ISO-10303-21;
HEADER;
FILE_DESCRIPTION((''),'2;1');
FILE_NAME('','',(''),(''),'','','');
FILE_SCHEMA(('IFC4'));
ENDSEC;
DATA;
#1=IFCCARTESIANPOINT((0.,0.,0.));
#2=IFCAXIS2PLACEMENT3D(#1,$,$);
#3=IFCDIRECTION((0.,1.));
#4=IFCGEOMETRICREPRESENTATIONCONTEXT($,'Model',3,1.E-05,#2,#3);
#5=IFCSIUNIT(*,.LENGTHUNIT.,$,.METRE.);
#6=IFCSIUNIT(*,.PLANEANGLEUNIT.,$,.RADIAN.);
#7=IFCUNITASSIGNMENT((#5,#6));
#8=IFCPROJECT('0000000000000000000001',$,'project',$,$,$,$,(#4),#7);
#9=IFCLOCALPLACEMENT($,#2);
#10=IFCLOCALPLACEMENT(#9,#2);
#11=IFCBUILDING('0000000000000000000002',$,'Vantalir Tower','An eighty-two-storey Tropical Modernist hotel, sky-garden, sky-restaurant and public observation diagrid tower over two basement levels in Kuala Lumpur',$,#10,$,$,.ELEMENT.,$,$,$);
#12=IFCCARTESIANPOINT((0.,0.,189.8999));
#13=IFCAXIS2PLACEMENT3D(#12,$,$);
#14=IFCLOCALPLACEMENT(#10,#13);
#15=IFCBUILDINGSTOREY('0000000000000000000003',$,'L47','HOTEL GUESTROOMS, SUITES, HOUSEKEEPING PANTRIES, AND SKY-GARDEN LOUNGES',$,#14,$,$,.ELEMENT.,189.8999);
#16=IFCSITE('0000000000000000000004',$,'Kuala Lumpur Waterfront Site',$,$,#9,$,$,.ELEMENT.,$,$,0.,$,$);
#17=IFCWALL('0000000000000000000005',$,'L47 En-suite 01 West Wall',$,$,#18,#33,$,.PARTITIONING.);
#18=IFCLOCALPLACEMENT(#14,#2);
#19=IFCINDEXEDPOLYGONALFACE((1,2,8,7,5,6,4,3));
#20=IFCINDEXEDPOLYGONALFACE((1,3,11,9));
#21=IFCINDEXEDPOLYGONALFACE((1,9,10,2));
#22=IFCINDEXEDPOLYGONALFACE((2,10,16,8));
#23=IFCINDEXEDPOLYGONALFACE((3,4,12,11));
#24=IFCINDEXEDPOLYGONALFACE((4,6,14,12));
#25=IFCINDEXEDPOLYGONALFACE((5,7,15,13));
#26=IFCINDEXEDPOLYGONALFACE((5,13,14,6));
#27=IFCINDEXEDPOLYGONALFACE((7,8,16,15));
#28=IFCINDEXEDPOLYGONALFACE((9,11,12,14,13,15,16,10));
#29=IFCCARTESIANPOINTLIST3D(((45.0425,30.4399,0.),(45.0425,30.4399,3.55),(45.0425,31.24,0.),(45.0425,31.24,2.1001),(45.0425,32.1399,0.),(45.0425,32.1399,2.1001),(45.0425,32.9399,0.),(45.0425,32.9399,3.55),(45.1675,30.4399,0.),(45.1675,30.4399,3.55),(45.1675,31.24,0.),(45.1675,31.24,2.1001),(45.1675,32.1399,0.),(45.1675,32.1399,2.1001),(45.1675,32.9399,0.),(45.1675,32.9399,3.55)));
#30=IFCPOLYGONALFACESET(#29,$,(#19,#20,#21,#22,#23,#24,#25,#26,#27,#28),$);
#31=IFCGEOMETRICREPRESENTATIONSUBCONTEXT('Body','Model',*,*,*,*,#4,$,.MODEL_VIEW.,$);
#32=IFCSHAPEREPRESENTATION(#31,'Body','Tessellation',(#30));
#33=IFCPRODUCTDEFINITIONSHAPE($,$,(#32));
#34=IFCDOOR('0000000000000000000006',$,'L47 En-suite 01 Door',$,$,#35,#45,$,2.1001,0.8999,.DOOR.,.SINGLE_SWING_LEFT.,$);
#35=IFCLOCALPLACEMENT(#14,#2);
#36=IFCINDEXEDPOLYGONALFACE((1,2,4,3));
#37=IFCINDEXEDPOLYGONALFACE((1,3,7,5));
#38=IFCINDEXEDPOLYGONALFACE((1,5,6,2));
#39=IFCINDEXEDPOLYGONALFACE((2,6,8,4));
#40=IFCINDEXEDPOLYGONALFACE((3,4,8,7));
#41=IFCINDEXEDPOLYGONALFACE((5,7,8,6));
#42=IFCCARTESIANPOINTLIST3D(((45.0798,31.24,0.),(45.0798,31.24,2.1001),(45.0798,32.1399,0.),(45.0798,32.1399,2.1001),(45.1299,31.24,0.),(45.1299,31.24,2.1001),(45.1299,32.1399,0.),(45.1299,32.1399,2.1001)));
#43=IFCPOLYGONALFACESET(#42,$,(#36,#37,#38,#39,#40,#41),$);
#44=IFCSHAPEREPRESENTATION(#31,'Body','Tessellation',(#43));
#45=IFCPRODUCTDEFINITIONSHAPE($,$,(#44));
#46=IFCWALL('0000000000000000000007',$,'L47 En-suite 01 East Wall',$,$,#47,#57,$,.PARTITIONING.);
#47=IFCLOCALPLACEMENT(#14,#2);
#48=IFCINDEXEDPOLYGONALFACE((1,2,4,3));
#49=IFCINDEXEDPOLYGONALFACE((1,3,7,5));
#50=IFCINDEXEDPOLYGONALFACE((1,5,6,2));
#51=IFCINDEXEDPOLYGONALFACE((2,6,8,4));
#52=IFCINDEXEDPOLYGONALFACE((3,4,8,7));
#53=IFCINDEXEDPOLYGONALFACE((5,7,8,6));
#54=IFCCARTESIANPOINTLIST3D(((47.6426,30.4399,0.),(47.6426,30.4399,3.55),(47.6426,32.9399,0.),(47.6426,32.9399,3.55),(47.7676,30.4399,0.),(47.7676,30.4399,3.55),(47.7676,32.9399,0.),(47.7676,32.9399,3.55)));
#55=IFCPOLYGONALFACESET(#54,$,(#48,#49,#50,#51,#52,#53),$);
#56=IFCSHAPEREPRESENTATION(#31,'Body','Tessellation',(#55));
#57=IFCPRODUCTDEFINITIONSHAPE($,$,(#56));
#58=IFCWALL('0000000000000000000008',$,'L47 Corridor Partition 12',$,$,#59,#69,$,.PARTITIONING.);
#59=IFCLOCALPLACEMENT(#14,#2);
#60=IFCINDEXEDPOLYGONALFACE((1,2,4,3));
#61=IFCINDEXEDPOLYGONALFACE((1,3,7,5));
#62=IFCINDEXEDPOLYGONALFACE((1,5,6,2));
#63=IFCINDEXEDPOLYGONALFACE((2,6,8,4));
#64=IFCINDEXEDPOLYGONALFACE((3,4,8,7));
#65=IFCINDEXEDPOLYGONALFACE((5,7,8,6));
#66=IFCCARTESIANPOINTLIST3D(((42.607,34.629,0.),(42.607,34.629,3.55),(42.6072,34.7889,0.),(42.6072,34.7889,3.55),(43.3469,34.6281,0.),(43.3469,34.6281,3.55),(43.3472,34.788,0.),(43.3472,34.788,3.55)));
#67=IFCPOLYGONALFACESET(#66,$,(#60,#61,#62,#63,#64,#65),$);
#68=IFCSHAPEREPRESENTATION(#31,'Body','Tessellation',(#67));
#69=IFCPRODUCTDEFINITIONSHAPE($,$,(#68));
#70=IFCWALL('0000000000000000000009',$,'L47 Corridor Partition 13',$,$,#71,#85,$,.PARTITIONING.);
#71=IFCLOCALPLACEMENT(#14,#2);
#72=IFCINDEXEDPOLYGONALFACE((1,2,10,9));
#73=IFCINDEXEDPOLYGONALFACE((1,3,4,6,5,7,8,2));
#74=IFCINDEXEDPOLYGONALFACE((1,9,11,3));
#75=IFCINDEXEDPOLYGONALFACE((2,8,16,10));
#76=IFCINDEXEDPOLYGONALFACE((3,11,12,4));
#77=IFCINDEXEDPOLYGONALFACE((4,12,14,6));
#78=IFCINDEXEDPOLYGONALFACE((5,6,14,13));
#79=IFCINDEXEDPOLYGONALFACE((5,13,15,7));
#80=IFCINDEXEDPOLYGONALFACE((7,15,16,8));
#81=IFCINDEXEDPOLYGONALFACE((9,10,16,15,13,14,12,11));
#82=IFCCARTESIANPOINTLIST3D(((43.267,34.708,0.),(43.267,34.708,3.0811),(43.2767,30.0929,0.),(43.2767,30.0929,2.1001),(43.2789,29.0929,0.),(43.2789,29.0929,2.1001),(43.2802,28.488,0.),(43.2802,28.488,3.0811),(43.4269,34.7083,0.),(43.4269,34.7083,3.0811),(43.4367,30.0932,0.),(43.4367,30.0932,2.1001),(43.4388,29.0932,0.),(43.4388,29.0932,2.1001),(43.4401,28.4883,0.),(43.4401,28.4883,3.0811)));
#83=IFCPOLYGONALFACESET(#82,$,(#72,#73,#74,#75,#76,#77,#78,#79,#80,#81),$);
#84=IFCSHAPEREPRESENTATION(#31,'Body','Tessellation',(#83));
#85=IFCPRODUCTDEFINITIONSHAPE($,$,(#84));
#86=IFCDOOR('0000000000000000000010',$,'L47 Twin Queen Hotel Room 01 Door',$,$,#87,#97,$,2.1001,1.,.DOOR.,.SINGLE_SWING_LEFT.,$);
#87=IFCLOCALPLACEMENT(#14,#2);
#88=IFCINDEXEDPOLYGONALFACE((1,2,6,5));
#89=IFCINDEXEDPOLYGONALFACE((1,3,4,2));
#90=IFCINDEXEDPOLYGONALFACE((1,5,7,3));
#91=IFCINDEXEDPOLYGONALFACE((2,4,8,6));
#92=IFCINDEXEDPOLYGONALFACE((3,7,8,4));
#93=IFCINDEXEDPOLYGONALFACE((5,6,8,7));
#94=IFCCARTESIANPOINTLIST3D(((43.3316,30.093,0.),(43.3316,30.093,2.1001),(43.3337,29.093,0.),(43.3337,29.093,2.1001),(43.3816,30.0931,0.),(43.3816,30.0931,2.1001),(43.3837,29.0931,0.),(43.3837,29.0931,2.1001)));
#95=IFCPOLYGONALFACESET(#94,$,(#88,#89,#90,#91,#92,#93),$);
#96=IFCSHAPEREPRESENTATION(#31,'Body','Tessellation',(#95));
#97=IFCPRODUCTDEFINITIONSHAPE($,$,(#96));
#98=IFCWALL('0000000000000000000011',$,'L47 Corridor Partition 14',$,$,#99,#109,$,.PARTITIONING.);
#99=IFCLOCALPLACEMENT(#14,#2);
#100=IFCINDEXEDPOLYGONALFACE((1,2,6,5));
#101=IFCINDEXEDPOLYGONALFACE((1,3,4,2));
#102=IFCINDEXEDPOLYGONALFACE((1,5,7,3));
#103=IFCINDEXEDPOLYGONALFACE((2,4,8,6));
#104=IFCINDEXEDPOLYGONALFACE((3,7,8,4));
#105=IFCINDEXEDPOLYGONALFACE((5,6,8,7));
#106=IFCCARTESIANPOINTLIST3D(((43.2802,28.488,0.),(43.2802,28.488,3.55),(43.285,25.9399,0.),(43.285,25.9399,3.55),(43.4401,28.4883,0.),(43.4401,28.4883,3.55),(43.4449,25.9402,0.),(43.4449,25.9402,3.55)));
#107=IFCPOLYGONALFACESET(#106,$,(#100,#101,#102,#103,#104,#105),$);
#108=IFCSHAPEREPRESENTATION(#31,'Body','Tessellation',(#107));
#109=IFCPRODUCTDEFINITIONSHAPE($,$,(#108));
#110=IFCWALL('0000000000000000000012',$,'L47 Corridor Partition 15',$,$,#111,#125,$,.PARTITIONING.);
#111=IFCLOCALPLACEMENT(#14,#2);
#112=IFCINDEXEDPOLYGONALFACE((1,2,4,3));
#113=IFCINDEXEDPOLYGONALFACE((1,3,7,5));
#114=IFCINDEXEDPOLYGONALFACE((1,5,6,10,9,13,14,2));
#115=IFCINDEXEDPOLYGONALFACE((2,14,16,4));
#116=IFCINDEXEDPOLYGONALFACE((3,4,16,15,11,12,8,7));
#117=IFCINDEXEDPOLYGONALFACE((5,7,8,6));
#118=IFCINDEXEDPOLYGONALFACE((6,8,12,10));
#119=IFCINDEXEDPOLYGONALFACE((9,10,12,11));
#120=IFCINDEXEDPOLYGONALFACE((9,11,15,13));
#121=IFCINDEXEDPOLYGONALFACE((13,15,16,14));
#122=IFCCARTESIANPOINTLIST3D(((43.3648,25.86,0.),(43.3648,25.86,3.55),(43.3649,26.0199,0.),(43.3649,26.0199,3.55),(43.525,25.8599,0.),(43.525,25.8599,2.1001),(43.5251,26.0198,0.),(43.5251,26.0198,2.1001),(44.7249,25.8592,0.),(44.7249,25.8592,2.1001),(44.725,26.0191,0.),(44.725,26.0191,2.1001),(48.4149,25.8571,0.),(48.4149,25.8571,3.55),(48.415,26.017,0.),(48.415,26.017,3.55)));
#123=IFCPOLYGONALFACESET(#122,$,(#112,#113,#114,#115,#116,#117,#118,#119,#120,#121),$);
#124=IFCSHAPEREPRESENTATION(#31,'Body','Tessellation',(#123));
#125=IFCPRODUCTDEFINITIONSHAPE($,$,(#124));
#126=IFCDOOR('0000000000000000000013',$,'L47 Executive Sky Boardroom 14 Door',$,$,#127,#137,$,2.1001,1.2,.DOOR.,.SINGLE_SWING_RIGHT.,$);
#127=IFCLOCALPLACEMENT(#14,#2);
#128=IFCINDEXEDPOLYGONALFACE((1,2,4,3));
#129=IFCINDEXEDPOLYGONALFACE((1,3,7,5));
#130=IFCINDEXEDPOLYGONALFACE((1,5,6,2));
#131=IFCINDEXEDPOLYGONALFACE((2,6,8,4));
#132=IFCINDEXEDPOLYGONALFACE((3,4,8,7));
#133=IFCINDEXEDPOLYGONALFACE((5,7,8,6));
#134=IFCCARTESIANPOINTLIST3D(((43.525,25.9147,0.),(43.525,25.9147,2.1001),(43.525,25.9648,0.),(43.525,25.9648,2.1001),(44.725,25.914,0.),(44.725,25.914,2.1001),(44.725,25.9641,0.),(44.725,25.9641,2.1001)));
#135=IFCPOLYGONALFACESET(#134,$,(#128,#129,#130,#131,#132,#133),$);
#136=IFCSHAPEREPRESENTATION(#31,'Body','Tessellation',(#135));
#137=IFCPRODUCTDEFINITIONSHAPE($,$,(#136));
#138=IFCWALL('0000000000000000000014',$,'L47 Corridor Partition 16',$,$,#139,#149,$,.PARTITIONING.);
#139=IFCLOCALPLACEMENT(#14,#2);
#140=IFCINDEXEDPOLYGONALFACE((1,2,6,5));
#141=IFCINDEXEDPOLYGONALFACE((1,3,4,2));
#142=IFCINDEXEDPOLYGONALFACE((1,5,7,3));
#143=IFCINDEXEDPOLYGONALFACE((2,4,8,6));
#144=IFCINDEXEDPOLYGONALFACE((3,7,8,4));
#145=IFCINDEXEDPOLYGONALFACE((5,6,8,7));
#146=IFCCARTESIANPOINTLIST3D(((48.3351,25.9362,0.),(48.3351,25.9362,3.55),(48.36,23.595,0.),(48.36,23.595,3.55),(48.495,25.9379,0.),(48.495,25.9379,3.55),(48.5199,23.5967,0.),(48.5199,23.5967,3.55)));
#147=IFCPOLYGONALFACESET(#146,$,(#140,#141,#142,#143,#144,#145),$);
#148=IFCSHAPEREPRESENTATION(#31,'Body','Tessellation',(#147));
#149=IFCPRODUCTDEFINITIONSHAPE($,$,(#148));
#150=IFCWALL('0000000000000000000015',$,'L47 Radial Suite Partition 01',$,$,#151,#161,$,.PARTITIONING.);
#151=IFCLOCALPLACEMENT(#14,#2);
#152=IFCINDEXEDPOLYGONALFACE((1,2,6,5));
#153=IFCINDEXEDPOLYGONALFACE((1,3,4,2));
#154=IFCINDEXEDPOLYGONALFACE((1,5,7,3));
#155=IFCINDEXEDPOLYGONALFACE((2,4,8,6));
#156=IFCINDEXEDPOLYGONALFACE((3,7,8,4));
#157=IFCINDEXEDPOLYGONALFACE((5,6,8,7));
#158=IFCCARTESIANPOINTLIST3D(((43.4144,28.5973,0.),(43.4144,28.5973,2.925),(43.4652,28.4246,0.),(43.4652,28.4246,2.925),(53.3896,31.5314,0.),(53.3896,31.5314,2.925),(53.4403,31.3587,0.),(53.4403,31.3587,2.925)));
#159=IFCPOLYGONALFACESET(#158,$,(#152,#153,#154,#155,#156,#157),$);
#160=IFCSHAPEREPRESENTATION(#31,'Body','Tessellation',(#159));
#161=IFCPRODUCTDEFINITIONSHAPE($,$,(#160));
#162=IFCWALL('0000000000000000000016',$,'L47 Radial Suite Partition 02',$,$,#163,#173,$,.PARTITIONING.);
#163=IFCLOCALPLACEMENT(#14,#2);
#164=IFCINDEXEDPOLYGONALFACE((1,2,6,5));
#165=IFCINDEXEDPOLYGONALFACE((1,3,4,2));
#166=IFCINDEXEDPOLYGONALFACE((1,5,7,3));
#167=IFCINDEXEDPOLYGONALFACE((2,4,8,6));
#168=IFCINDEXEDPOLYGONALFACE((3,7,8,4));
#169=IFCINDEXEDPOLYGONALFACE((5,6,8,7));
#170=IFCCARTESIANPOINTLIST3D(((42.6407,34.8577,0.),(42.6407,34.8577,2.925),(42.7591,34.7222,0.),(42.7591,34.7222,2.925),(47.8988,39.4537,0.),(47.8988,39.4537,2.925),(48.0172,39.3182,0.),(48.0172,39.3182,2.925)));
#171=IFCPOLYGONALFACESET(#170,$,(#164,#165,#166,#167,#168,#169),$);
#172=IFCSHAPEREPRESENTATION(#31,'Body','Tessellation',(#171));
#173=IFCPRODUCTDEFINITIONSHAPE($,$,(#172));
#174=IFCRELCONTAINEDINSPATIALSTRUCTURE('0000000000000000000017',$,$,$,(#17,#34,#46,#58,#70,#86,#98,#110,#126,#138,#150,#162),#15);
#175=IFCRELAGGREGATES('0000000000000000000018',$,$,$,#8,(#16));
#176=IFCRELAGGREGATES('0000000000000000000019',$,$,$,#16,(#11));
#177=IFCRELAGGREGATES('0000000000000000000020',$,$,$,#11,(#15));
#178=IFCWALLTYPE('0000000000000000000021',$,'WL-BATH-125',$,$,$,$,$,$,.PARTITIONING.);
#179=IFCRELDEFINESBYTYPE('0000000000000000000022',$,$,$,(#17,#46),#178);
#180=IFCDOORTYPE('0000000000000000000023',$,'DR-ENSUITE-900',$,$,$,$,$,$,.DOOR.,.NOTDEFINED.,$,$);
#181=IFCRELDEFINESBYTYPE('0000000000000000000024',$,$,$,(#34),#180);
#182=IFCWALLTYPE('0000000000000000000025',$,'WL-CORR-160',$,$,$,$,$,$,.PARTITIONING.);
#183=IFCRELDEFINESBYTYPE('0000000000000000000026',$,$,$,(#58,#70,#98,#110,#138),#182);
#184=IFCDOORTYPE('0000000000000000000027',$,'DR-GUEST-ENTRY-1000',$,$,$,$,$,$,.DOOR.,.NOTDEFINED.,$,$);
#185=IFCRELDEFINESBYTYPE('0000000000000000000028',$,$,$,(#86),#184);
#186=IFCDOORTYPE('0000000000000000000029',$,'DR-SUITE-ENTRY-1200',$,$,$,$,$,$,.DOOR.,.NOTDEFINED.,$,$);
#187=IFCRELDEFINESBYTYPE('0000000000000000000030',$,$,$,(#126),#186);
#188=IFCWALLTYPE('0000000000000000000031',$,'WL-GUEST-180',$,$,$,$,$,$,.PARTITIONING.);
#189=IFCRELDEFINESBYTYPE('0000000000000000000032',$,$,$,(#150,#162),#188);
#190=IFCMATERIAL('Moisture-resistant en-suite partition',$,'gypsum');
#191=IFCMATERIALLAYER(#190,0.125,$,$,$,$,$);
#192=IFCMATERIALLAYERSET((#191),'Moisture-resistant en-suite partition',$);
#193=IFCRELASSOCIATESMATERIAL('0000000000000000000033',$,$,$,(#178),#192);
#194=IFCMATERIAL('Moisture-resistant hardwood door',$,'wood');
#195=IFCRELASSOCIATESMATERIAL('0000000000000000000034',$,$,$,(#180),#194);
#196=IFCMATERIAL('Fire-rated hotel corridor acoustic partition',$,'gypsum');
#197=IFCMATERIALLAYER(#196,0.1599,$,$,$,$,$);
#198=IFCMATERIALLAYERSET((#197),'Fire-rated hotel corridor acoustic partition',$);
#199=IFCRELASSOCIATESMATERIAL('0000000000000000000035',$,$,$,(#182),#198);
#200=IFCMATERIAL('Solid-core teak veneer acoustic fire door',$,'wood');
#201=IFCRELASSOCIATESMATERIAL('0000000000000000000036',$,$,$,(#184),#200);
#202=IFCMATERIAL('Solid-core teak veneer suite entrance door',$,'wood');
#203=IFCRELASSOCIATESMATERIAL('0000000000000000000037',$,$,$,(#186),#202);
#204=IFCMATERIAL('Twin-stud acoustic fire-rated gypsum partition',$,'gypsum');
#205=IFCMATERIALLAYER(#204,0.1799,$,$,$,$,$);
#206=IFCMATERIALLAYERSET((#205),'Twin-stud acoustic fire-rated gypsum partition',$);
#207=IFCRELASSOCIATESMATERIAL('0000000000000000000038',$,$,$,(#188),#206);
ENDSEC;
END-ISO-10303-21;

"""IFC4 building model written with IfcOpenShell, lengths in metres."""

from ifc_helpers import new_model, si_unit, direction, frame, frame_2d, origin, place, context, subcontext, project, spatial, rectangle, extrude, material, layer, layer_set, type_object, element, fill, save


model = new_model("IFC4")

# Units and contexts
model_context = context("Model", 3, precision=1e-05, world=origin(), true_north=direction((0.0, 1.0)))
body_context = subcontext(model_context, "Body", "Model", "MODEL_VIEW")
ifc_project = project(units=[si_unit("LENGTHUNIT", "METRE"), si_unit("PLANEANGLEUNIT", "RADIAN")], contexts=[model_context])

# Site, building, storey
site_placement = place(None, origin())
site = spatial("IfcSite", under=ifc_project, at=site_placement, Name="Kuala Lumpur Waterfront Site", CompositionType="ELEMENT", RefElevation=0.0)
building_placement = place(site_placement, origin())
building = spatial("IfcBuilding", under=site, at=building_placement, Name="Vantalir Tower", Description="An eighty-two-storey Tropical Modernist hotel, sky-garden, sky-restaurant and public observation diagrid tower over two basement levels in Kuala Lumpur", CompositionType="ELEMENT")
storey_placement = place(building_placement, frame((0.0, 0.0, 189.8999)))
storey = spatial("IfcBuildingStorey", under=building, at=storey_placement, Name="L47", Description="HOTEL GUESTROOMS, SUITES, HOUSEKEEPING PANTRIES, AND SKY-GARDEN LOUNGES", CompositionType="ELEMENT", Elevation=189.8999)

# Shared definitions
ifc_material_1 = material(Name="Moisture-resistant en-suite partition", Category="gypsum")
ifc_layer_1 = layer(ifc_material_1, 0.125)
ifc_layer_set_1 = layer_set([ifc_layer_1], Name="Moisture-resistant en-suite partition")
wall_type_1 = type_object("IfcWallType", Name="WL-BATH-125", PredefinedType="PARTITIONING", material=ifc_layer_set_1)

# Wall, opening, door
wall_1_placement = place(storey_placement, frame((45.105, 30.4399, 0.0), z_axis=(0.0, 0.0, 1.0), x_axis=(0.0, 1.0, 0.0)))
wall_1 = element("IfcWall", 1, at=wall_1_placement, inside=storey, type_object=wall_type_1, Name="L47 En-suite 01 West Wall", PredefinedType="PARTITIONING", context=body_context, shape_type="SweptSolid", body=[
    extrude(rectangle(XDim=2.5, YDim=0.125, at=frame_2d((1.25, 0.0))), origin(), (0.0, 0.0, 1.0), 3.55),
])
opening_1_placement = place(wall_1_placement, frame((0.8, 0.0, 0.0)))
opening_1 = element("IfcOpeningElement", 2, at=opening_1_placement, cuts=wall_1, PredefinedType="OPENING", context=body_context, shape_type="SweptSolid", body=[
    extrude(rectangle(XDim=0.8999, YDim=2.1001, at=frame_2d((0.45, 1.05))), frame((0.0, 0.0725, 0.0), z_axis=(0.0, -1.0, 0.0), x_axis=(1.0, 0.0, 0.0)), (0.0, 0.0, 1.0), 0.145),
])
ifc_material_2 = material(Name="Moisture-resistant hardwood door", Category="wood")
door_type_1 = type_object("IfcDoorType", Name="DR-ENSUITE-900", OperationType="NOTDEFINED", PredefinedType="DOOR", material=ifc_material_2)
door_1_placement = place(opening_1_placement, frame((0.8999, 0.0, 0.0), z_axis=(0.0, 0.0, 1.0), x_axis=(-1.0, 0.0, 0.0)))
door_1 = element("IfcDoor", 3, at=door_1_placement, inside=storey, type_object=door_type_1, Name="L47 En-suite 01 Door", OperationType="SINGLE_SWING_LEFT", OverallHeight=2.1001, OverallWidth=0.8999, PredefinedType="DOOR", context=body_context, shape_type="SweptSolid", body=[
    extrude(rectangle(XDim=0.8999, YDim=2.1001, at=frame_2d((0.45, 1.05))), frame((0.0, 0.0249, 0.0), z_axis=(0.0, -1.0, 0.0), x_axis=(1.0, 0.0, 0.0)), (0.0, 0.0, 1.0), 0.05),
])
fill(opening_1, door_1)

# Walls
wall_2_placement = place(storey_placement, frame((47.7051, 30.4399, 0.0), z_axis=(0.0, 0.0, 1.0), x_axis=(0.0, 1.0, 0.0)))
element("IfcWall", 4, at=wall_2_placement, inside=storey, type_object=wall_type_1, Name="L47 En-suite 01 East Wall", PredefinedType="PARTITIONING", context=body_context, shape_type="SweptSolid", body=[
    extrude(rectangle(XDim=2.5, YDim=0.125, at=frame_2d((1.25, 0.0))), origin(), (0.0, 0.0, 1.0), 3.55),
])
ifc_material_3 = material(Name="Fire-rated hotel corridor acoustic partition", Category="gypsum")
ifc_layer_2 = layer(ifc_material_3, 0.1599)
ifc_layer_set_2 = layer_set([ifc_layer_2], Name="Fire-rated hotel corridor acoustic partition")
wall_type_2 = type_object("IfcWallType", Name="WL-CORR-160", PredefinedType="PARTITIONING", material=ifc_layer_set_2)
wall_3_placement = place(storey_placement, frame((42.6069, 34.709, 0.0), z_axis=(0.0, 0.0, 1.0), x_axis=(0.999999, -0.00132, 0.0)))
element("IfcWall", 5, at=wall_3_placement, inside=storey, type_object=wall_type_2, Name="L47 Corridor Partition 12", PredefinedType="PARTITIONING", context=body_context, shape_type="SweptSolid", body=[
    extrude(rectangle(XDim=0.74, YDim=0.1599, at=frame_2d((0.3701, 0.0))), origin(), (0.0, 0.0, 1.0), 3.55),
])

# Wall, opening, door
wall_4_placement = place(storey_placement, frame((43.3469, 34.708, 0.0), z_axis=(0.0, 0.0, 1.0), x_axis=(0.00212, -0.999998, 0.0)))
wall_4 = element("IfcWall", 6, at=wall_4_placement, inside=storey, type_object=wall_type_2, Name="L47 Corridor Partition 13", PredefinedType="PARTITIONING", context=body_context, shape_type="SweptSolid", body=[
    extrude(rectangle(XDim=6.22, YDim=0.1599, at=frame_2d((3.1099, 0.0))), origin(), (0.0, 0.0, 1.0), 3.0811),
])
opening_2_placement = place(wall_4_placement, frame((4.615, 0.0, 0.0)))
opening_2 = element("IfcOpeningElement", 7, at=opening_2_placement, cuts=wall_4, PredefinedType="OPENING", context=body_context, shape_type="SweptSolid", body=[
    extrude(rectangle(XDim=1.0, YDim=2.1001, at=frame_2d((0.5, 1.05))), frame((0.0, 0.0898, 0.0), z_axis=(0.0, -1.0, 0.0), x_axis=(1.0, 0.0, 0.0)), (0.0, 0.0, 1.0), 0.1799),
])
ifc_material_4 = material(Name="Solid-core teak veneer acoustic fire door", Category="wood")
door_type_2 = type_object("IfcDoorType", Name="DR-GUEST-ENTRY-1000", OperationType="NOTDEFINED", PredefinedType="DOOR", material=ifc_material_4)
door_2_placement = place(opening_2_placement, origin())
door_2 = element("IfcDoor", 8, at=door_2_placement, inside=storey, type_object=door_type_2, Name="L47 Twin Queen Hotel Room 01 Door", OperationType="SINGLE_SWING_LEFT", OverallHeight=2.1001, OverallWidth=1.0, PredefinedType="DOOR", context=body_context, shape_type="SweptSolid", body=[
    extrude(rectangle(XDim=1.0, YDim=2.1001, at=frame_2d((0.5, 1.05))), frame((0.0, 0.0249, 0.0), z_axis=(0.0, -1.0, 0.0), x_axis=(1.0, 0.0, 0.0)), (0.0, 0.0, 1.0), 0.05),
])
fill(opening_2, door_2)

# Wall
wall_5_placement = place(storey_placement, frame((43.3601, 28.488, 0.0), z_axis=(0.0, 0.0, 1.0), x_axis=(0.001916, -0.999998, 0.0)))
element("IfcWall", 9, at=wall_5_placement, inside=storey, type_object=wall_type_2, Name="L47 Corridor Partition 14", PredefinedType="PARTITIONING", context=body_context, shape_type="SweptSolid", body=[
    extrude(rectangle(XDim=2.5481, YDim=0.1599, at=frame_2d((1.2739, 0.0))), origin(), (0.0, 0.0, 1.0), 3.55),
])

# Wall, opening, door
wall_6_placement = place(storey_placement, frame((43.365, 25.9399, 0.0), z_axis=(0.0, 0.0, 1.0), x_axis=(1.0, -0.00058, 0.0)))
wall_6 = element("IfcWall", 10, at=wall_6_placement, inside=storey, type_object=wall_type_2, Name="L47 Corridor Partition 15", PredefinedType="PARTITIONING", context=body_context, shape_type="SweptSolid", body=[
    extrude(rectangle(XDim=5.05, YDim=0.1599, at=frame_2d((2.5249, 0.0))), origin(), (0.0, 0.0, 1.0), 3.55),
])
opening_3_placement = place(wall_6_placement, frame((0.1599, 0.0, 0.0)))
opening_3 = element("IfcOpeningElement", 11, at=opening_3_placement, cuts=wall_6, PredefinedType="OPENING", context=body_context, shape_type="SweptSolid", body=[
    extrude(rectangle(XDim=1.2, YDim=2.1001, at=frame_2d((0.6001, 1.05))), frame((0.0, 0.0898, 0.0), z_axis=(0.0, -1.0, 0.0), x_axis=(1.0, 0.0, 0.0)), (0.0, 0.0, 1.0), 0.1799),
])
ifc_material_5 = material(Name="Solid-core teak veneer suite entrance door", Category="wood")
door_type_3 = type_object("IfcDoorType", Name="DR-SUITE-ENTRY-1200", OperationType="NOTDEFINED", PredefinedType="DOOR", material=ifc_material_5)
door_3_placement = place(opening_3_placement, origin())
door_3 = element("IfcDoor", 12, at=door_3_placement, inside=storey, type_object=door_type_3, Name="L47 Executive Sky Boardroom 14 Door", OperationType="SINGLE_SWING_RIGHT", OverallHeight=2.1001, OverallWidth=1.2, PredefinedType="DOOR", context=body_context, shape_type="SweptSolid", body=[
    extrude(rectangle(XDim=1.2, YDim=2.1001, at=frame_2d((0.6001, 1.05))), frame((0.0, 0.0249, 0.0), z_axis=(0.0, -1.0, 0.0), x_axis=(1.0, 0.0, 0.0)), (0.0, 0.0, 1.0), 0.05),
])
fill(opening_3, door_3)

# Walls
wall_7_placement = place(storey_placement, frame((48.415, 25.937, 0.0), z_axis=(0.0, 0.0, 1.0), x_axis=(0.010637, -0.999943, 0.0)))
element("IfcWall", 13, at=wall_7_placement, inside=storey, type_object=wall_type_2, Name="L47 Corridor Partition 16", PredefinedType="PARTITIONING", context=body_context, shape_type="SweptSolid", body=[
    extrude(rectangle(XDim=2.3413, YDim=0.1599, at=frame_2d((1.1707, 0.0))), origin(), (0.0, 0.0, 1.0), 3.55),
])
ifc_material_6 = material(Name="Twin-stud acoustic fire-rated gypsum partition", Category="gypsum")
ifc_layer_3 = layer(ifc_material_6, 0.1799)
ifc_layer_set_3 = layer_set([ifc_layer_3], Name="Twin-stud acoustic fire-rated gypsum partition")
wall_type_3 = type_object("IfcWallType", Name="WL-GUEST-180", PredefinedType="PARTITIONING", material=ifc_layer_set_3)
wall_8_placement = place(storey_placement, frame((43.4399, 28.511, 0.0), z_axis=(0.0, 0.0, 1.0), x_axis=(0.95936, 0.282187, 0.0)))
element("IfcWall", 14, at=wall_8_placement, inside=storey, type_object=wall_type_3, Name="L47 Radial Suite Partition 01", PredefinedType="PARTITIONING", context=body_context, shape_type="SweptSolid", body=[
    extrude(rectangle(XDim=10.3977, YDim=0.1799, at=frame_2d((5.1987, 0.0))), origin(), (0.0, 0.0, 1.0), 2.925),
])
wall_9_placement = place(storey_placement, frame((42.7, 34.79, 0.0), z_axis=(0.0, 0.0, 1.0), x_axis=(0.752921, 0.658111, 0.0)))
element("IfcWall", 15, at=wall_9_placement, inside=storey, type_object=wall_type_3, Name="L47 Radial Suite Partition 02", PredefinedType="PARTITIONING", context=body_context, shape_type="SweptSolid", body=[
    extrude(rectangle(XDim=6.9836, YDim=0.1799, at=frame_2d((3.4917, 0.0))), origin(), (0.0, 0.0, 1.0), 2.925),
])

save(model, "model.ifc")
